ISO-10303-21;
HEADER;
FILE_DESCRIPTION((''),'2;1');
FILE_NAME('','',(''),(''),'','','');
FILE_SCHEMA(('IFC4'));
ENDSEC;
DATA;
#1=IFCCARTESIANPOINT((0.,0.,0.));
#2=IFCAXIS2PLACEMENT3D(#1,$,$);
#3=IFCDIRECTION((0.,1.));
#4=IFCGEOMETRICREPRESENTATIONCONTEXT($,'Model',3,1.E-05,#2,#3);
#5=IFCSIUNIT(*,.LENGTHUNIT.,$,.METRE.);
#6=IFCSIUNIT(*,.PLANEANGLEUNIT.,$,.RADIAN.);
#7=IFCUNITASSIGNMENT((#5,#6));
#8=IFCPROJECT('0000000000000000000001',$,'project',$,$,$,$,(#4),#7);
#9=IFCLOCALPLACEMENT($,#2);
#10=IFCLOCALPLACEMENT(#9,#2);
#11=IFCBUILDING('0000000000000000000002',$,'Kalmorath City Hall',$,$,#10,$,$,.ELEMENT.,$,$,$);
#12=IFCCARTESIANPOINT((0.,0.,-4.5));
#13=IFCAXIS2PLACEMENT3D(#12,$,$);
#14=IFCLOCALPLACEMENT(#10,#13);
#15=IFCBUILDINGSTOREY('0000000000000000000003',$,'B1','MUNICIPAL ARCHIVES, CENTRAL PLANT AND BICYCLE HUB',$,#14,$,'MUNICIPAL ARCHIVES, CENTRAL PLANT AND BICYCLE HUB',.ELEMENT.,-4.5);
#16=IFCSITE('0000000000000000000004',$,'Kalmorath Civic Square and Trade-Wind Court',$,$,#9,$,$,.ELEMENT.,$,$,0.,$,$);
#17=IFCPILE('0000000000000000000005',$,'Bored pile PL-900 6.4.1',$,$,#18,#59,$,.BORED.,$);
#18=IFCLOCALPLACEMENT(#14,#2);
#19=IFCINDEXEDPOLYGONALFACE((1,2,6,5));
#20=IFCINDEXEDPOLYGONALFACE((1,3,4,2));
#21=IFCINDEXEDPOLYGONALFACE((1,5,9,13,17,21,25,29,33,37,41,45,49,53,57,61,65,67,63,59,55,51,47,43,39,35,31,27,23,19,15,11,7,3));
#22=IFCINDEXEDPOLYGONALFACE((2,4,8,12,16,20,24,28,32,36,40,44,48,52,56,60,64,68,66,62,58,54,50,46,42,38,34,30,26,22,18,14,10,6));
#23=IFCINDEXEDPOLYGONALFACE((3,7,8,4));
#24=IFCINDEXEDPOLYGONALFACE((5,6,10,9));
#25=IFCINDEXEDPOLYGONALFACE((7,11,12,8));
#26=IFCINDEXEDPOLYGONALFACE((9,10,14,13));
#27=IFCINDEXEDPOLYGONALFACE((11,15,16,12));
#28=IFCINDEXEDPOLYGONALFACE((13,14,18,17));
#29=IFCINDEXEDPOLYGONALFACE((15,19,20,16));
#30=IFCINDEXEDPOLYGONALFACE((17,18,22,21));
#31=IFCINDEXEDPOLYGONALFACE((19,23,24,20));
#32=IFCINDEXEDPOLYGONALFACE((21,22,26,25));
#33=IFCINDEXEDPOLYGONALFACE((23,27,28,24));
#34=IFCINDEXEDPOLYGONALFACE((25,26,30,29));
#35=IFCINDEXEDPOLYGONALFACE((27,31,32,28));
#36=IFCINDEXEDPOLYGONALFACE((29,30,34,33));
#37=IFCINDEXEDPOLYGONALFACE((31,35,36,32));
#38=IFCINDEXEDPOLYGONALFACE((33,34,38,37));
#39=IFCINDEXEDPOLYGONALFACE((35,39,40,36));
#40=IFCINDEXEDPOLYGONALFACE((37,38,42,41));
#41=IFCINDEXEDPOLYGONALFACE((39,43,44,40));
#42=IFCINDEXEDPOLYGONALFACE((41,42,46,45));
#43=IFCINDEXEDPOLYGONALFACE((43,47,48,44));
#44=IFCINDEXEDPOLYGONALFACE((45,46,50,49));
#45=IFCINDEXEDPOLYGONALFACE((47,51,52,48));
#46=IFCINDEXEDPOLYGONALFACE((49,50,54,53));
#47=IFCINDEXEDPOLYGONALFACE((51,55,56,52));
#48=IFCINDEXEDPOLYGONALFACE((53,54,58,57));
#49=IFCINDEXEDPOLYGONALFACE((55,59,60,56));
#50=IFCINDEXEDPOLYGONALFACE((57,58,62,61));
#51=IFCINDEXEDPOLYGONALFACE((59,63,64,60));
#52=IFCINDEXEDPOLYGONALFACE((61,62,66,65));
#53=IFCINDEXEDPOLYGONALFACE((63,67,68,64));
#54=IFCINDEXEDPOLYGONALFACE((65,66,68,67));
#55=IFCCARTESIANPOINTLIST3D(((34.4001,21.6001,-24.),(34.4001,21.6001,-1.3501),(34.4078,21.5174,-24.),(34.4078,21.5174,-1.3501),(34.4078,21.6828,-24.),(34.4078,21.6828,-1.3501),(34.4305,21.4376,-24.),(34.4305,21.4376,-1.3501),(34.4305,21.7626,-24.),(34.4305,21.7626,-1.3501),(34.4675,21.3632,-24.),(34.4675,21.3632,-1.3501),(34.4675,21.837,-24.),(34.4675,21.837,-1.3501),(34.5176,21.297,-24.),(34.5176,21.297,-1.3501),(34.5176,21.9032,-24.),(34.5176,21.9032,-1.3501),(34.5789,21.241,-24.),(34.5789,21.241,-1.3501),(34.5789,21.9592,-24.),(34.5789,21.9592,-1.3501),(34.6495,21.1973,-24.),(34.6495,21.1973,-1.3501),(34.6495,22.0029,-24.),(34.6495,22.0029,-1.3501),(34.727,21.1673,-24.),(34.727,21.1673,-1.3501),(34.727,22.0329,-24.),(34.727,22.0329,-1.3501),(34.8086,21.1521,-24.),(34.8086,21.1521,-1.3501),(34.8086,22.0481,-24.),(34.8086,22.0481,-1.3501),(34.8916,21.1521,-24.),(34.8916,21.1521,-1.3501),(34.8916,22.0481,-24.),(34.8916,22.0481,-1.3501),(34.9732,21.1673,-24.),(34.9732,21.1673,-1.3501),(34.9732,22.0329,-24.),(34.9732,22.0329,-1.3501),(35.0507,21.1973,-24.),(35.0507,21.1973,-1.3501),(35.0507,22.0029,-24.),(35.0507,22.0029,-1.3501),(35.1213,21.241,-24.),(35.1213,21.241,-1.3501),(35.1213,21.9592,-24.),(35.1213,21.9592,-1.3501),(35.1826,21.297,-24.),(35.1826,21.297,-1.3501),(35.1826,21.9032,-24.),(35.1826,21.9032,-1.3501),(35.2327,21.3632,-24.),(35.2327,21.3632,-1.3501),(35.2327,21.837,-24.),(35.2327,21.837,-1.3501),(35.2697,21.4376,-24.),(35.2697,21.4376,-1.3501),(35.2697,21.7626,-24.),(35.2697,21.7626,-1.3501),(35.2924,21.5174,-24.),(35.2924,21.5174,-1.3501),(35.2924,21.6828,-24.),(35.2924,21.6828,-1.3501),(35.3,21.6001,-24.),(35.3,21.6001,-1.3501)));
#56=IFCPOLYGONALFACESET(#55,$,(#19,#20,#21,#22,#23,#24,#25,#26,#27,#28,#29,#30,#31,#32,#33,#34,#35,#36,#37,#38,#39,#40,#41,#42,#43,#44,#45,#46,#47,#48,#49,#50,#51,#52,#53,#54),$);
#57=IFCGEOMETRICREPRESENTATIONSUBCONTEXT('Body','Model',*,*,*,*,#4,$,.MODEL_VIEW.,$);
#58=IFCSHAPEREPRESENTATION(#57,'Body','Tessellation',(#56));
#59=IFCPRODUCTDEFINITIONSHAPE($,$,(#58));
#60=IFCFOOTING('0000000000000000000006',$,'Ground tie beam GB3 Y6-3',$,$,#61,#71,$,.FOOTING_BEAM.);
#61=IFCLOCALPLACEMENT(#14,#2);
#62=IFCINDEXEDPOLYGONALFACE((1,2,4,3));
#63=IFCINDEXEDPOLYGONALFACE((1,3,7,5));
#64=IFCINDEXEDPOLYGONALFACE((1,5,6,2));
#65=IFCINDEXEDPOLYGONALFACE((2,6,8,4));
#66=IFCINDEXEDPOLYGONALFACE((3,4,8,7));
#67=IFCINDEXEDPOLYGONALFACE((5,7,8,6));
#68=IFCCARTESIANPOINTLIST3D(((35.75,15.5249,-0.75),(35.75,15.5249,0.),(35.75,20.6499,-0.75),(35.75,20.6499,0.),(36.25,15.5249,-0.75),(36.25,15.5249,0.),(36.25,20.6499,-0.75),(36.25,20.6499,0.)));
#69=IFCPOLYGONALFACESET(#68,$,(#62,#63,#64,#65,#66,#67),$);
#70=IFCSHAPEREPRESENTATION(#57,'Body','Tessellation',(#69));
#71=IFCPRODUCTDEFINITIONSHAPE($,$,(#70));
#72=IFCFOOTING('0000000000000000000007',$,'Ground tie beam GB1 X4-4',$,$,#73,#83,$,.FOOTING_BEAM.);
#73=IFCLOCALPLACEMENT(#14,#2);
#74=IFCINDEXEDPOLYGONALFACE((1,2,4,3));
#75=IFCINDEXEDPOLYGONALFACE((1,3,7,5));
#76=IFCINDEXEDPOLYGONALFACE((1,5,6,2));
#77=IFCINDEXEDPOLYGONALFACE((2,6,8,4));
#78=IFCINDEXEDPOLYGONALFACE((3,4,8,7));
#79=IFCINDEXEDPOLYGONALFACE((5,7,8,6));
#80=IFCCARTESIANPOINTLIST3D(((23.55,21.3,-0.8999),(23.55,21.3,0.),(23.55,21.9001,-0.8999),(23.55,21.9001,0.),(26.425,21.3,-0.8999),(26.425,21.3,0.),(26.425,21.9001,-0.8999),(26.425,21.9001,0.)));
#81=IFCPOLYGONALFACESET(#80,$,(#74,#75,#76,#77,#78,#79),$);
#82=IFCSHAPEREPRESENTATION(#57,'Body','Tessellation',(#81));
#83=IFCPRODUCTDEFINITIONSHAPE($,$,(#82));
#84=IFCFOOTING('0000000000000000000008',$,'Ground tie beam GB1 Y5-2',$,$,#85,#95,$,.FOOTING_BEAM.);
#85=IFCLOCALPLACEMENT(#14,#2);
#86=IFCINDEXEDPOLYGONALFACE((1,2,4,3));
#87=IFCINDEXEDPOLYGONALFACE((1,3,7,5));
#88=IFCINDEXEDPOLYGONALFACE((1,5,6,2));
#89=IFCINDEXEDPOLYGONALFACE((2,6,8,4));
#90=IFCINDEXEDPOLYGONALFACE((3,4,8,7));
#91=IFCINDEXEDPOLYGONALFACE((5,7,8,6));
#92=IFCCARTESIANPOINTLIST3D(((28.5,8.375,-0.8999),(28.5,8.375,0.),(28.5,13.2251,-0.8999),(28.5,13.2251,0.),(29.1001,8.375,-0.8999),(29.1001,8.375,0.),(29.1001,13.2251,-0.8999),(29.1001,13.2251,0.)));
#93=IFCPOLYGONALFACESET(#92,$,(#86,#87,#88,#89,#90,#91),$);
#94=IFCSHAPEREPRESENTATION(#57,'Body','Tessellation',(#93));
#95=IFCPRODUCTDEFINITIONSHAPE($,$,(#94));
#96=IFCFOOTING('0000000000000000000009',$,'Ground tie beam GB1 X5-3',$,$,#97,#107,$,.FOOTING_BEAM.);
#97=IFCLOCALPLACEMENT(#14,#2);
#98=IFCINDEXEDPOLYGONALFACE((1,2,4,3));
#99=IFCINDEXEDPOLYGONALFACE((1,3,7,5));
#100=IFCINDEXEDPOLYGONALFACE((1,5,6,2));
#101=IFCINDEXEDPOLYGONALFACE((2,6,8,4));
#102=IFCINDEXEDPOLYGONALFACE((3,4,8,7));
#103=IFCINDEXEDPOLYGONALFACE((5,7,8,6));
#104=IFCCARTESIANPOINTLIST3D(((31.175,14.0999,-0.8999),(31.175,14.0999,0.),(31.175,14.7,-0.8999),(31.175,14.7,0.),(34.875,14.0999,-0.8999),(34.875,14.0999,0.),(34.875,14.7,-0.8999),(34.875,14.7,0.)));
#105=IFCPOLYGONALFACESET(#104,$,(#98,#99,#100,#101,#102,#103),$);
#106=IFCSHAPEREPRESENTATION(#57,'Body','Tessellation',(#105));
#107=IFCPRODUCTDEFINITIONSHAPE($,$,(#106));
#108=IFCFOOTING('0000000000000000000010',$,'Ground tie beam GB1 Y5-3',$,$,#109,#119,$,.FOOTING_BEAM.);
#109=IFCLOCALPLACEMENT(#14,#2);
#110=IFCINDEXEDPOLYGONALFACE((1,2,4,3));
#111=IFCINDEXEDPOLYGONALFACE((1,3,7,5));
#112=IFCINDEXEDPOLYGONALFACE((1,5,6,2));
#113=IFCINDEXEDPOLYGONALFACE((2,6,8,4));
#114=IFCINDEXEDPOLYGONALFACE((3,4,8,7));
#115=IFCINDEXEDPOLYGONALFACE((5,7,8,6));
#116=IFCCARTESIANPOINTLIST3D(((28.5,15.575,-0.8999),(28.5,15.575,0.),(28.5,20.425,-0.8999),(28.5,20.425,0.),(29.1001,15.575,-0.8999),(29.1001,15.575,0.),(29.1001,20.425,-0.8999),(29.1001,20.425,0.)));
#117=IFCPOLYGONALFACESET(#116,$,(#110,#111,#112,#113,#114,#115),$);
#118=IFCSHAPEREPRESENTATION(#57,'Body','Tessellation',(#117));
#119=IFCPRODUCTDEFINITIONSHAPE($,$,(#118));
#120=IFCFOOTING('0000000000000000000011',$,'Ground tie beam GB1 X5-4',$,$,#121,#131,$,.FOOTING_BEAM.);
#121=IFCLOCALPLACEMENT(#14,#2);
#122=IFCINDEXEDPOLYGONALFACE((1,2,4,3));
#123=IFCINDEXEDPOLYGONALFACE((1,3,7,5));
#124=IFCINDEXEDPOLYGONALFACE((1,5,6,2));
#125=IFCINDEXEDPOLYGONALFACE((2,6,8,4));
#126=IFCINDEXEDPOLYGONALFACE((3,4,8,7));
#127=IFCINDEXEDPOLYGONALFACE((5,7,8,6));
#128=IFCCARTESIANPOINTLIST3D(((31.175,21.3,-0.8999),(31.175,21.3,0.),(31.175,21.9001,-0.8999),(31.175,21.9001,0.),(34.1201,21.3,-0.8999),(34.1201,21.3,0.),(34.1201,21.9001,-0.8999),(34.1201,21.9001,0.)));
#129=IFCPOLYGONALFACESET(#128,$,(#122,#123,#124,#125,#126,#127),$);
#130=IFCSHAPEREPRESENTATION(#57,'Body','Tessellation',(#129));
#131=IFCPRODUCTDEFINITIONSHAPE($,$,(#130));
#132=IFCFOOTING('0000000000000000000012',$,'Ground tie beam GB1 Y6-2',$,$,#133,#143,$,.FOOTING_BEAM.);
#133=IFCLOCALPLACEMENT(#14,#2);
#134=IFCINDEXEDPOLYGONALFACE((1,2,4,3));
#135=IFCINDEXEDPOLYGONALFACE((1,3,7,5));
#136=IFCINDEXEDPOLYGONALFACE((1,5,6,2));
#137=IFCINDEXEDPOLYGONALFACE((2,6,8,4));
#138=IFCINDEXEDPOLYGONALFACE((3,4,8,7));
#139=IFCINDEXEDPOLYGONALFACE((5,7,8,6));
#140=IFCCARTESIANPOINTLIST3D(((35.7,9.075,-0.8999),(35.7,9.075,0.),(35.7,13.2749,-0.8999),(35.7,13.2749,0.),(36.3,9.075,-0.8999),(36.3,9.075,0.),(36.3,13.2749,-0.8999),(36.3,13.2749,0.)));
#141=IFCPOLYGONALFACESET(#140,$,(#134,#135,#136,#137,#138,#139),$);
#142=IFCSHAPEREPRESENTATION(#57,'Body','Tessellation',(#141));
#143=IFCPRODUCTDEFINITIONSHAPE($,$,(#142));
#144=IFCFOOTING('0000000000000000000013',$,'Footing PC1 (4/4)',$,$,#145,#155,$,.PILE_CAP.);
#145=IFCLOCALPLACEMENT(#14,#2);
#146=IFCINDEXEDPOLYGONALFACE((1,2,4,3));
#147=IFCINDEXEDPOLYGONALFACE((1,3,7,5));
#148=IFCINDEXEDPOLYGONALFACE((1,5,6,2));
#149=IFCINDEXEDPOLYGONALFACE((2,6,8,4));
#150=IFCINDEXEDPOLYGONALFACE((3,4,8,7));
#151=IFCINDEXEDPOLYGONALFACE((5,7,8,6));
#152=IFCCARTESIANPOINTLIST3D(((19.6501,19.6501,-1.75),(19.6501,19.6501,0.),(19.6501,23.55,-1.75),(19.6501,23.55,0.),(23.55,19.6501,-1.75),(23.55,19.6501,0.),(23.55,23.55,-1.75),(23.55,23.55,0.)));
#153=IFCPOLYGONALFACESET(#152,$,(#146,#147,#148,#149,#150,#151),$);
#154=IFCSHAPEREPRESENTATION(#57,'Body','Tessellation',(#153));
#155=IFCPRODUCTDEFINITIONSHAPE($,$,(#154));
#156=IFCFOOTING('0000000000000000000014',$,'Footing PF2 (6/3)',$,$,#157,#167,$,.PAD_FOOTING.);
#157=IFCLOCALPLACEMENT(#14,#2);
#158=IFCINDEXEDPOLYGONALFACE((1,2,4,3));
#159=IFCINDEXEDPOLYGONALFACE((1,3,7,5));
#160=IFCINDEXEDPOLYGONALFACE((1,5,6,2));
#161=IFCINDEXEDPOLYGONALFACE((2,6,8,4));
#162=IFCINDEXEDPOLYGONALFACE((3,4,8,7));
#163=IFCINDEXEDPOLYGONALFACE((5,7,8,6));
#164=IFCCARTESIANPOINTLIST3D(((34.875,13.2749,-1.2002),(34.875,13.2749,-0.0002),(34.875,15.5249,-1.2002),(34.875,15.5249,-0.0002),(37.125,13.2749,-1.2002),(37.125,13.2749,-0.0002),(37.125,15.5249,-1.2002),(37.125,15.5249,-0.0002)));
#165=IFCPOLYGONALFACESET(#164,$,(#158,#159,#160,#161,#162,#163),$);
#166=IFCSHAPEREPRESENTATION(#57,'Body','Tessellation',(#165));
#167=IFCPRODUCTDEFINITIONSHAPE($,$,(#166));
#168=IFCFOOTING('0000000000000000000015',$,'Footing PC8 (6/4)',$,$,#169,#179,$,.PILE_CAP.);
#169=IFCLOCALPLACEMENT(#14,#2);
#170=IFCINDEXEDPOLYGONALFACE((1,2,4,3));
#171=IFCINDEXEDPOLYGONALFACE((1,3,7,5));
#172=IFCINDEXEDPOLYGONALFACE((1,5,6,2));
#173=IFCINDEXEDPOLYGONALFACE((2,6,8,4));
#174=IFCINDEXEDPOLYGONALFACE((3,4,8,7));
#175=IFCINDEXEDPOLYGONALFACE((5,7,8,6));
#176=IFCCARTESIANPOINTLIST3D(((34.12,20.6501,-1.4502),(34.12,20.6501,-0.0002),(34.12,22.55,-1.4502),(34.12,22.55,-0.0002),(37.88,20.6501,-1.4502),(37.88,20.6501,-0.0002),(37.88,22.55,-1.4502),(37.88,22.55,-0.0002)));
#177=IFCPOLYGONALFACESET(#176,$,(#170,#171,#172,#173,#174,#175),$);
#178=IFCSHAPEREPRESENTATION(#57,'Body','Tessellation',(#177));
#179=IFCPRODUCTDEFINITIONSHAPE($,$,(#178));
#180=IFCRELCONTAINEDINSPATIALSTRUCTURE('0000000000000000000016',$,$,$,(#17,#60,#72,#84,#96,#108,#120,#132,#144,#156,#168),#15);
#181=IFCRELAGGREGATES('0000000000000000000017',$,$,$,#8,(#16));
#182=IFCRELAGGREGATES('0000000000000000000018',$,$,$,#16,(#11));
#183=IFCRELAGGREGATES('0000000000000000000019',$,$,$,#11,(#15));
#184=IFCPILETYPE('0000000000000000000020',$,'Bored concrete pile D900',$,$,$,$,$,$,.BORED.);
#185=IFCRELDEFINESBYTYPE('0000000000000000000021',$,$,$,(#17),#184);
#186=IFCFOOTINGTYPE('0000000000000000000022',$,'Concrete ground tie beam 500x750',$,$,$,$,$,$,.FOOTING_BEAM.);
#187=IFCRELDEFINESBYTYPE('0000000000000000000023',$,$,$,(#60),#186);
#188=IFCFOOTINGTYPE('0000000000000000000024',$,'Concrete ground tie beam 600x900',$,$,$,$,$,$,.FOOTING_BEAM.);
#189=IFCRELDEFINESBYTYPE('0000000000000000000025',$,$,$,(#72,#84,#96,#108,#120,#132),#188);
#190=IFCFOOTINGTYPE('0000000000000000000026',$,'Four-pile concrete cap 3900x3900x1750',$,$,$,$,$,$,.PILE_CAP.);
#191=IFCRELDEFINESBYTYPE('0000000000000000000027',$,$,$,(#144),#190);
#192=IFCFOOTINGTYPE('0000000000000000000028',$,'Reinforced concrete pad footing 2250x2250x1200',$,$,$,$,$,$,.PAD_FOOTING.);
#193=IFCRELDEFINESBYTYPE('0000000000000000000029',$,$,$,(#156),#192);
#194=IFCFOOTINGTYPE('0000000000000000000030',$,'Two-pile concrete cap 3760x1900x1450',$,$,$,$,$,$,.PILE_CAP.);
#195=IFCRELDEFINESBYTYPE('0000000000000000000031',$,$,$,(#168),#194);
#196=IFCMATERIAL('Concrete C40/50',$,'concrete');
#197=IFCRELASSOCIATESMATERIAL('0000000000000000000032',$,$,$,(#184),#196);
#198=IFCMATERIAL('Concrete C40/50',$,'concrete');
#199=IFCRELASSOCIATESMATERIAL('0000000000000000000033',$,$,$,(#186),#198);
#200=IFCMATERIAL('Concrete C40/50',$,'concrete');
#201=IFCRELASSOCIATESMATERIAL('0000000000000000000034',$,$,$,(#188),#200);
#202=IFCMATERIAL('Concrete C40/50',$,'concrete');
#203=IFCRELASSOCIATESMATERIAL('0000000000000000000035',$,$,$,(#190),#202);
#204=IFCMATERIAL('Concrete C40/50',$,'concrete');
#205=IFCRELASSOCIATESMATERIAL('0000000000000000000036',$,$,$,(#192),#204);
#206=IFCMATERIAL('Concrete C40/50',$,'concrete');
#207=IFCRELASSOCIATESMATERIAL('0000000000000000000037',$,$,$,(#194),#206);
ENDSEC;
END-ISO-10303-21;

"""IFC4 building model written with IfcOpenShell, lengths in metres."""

from ifc_helpers import new_model, si_unit, direction, frame, origin, origin_2d, place, context, subcontext, project, spatial, rectangle, circle, extrude, material, material_profile, profile_set, type_object, element, save


model = new_model("IFC4")

# Units and contexts
model_context = context("Model", 3, precision=1e-05, world=origin(), true_north=direction((0.0, 1.0)))
body_context = subcontext(model_context, "Body", "Model", "MODEL_VIEW")
ifc_project = project(units=[si_unit("LENGTHUNIT", "METRE"), si_unit("PLANEANGLEUNIT", "RADIAN")], contexts=[model_context])

# Site, building, storey
site_placement = place(None, origin())
site = spatial("IfcSite", under=ifc_project, at=site_placement, Name="Kalmorath Civic Square and Trade-Wind Court", CompositionType="ELEMENT", RefElevation=0.0)
building_placement = place(site_placement, origin())
building = spatial("IfcBuilding", under=site, at=building_placement, Name="Kalmorath City Hall", CompositionType="ELEMENT")
storey_placement = place(building_placement, frame((0.0, 0.0, -4.5)))
storey = spatial("IfcBuildingStorey", under=building, at=storey_placement, Name="B1", Description="MUNICIPAL ARCHIVES, CENTRAL PLANT AND BICYCLE HUB", LongName="MUNICIPAL ARCHIVES, CENTRAL PLANT AND BICYCLE HUB", CompositionType="ELEMENT", Elevation=-4.5)

# Pile
ifc_material_1 = material(Name="Concrete C40/50", Category="concrete")
ifc_material_profile_1 = material_profile(ifc_material_1, circle(Radius=0.45, at=origin_2d()), Name="PILE-D900")
ifc_profile_set_1 = profile_set([ifc_material_profile_1], Name="Concrete C40/50")
pile_type_1 = type_object("IfcPileType", Name="Bored concrete pile D900", PredefinedType="BORED", material=ifc_profile_set_1)
pile_1_placement = place(storey_placement, frame((34.8501, 21.6001, -1.3501), z_axis=(0.0, 0.0, -1.0), x_axis=(1.0, 0.0, 0.0)))
element("IfcPile", 1, at=pile_1_placement, inside=storey, type_object=pile_type_1, Name="Bored pile PL-900 6.4.1", PredefinedType="BORED", context=body_context, shape_type="SweptSolid", body=[
    extrude(circle(Radius=0.45, at=origin_2d()), origin(), (0.0, 0.0, 1.0), 22.6499),
])

# Footings
ifc_material_2 = material(Name="Concrete C40/50", Category="concrete")
ifc_material_profile_2 = material_profile(ifc_material_2, rectangle(XDim=0.5, YDim=0.75, at=origin_2d()), Name="RC-BM-500X750")
ifc_profile_set_2 = profile_set([ifc_material_profile_2], Name="Concrete C40/50")
footing_type_1 = type_object("IfcFootingType", Name="Concrete ground tie beam 500x750", PredefinedType="FOOTING_BEAM", material=ifc_profile_set_2)
footing_1_placement = place(storey_placement, frame((36.0, 15.5249, -0.375), z_axis=(0.0, 1.0, 0.0), x_axis=(-1.0, 0.0, 0.0)))
element("IfcFooting", 2, at=footing_1_placement, inside=storey, type_object=footing_type_1, Name="Ground tie beam GB3 Y6-3", PredefinedType="FOOTING_BEAM", context=body_context, shape_type="SweptSolid", body=[
    extrude(rectangle(XDim=0.5, YDim=0.75, at=origin_2d()), origin(), (0.0, 0.0, 1.0), 5.125),
])
ifc_material_3 = material(Name="Concrete C40/50", Category="concrete")
ifc_material_profile_3 = material_profile(ifc_material_3, rectangle(XDim=0.6001, YDim=0.8999, at=origin_2d()), Name="RC-BM-600X900")
ifc_profile_set_3 = profile_set([ifc_material_profile_3], Name="Concrete C40/50")
footing_type_2 = type_object("IfcFootingType", Name="Concrete ground tie beam 600x900", PredefinedType="FOOTING_BEAM", material=ifc_profile_set_3)
footing_2_placement = place(storey_placement, frame((23.55, 21.6001, -0.45), z_axis=(1.0, 0.0, 0.0), x_axis=(0.0, 1.0, 0.0)))
element("IfcFooting", 3, at=footing_2_placement, inside=storey, type_object=footing_type_2, Name="Ground tie beam GB1 X4-4", PredefinedType="FOOTING_BEAM", context=body_context, shape_type="SweptSolid", body=[
    extrude(rectangle(XDim=0.6001, YDim=0.8999, at=origin_2d()), origin(), (0.0, 0.0, 1.0), 2.875),
])
footing_3_placement = place(storey_placement, frame((28.8, 8.375, -0.45), z_axis=(0.0, 1.0, 0.0), x_axis=(-1.0, 0.0, 0.0)))
element("IfcFooting", 4, at=footing_3_placement, inside=storey, type_object=footing_type_2, Name="Ground tie beam GB1 Y5-2", PredefinedType="FOOTING_BEAM", context=body_context, shape_type="SweptSolid", body=[
    extrude(rectangle(XDim=0.6001, YDim=0.8999, at=origin_2d()), origin(), (0.0, 0.0, 1.0), 4.8501),
])
footing_4_placement = place(storey_placement, frame((31.175, 14.3999, -0.45), z_axis=(1.0, 0.0, 0.0), x_axis=(0.0, 1.0, 0.0)))
element("IfcFooting", 5, at=footing_4_placement, inside=storey, type_object=footing_type_2, Name="Ground tie beam GB1 X5-3", PredefinedType="FOOTING_BEAM", context=body_context, shape_type="SweptSolid", body=[
    extrude(rectangle(XDim=0.6001, YDim=0.8999, at=origin_2d()), origin(), (0.0, 0.0, 1.0), 3.7),
])
footing_5_placement = place(storey_placement, frame((28.8, 15.575, -0.45), z_axis=(0.0, 1.0, 0.0), x_axis=(-1.0, 0.0, 0.0)))
element("IfcFooting", 6, at=footing_5_placement, inside=storey, type_object=footing_type_2, Name="Ground tie beam GB1 Y5-3", PredefinedType="FOOTING_BEAM", context=body_context, shape_type="SweptSolid", body=[
    extrude(rectangle(XDim=0.6001, YDim=0.8999, at=origin_2d()), origin(), (0.0, 0.0, 1.0), 4.8501),
])
footing_6_placement = place(storey_placement, frame((31.175, 21.6001, -0.45), z_axis=(1.0, 0.0, 0.0), x_axis=(0.0, 1.0, 0.0)))
element("IfcFooting", 7, at=footing_6_placement, inside=storey, type_object=footing_type_2, Name="Ground tie beam GB1 X5-4", PredefinedType="FOOTING_BEAM", context=body_context, shape_type="SweptSolid", body=[
    extrude(rectangle(XDim=0.6001, YDim=0.8999, at=origin_2d()), origin(), (0.0, 0.0, 1.0), 2.9451),
])
footing_7_placement = place(storey_placement, frame((36.0, 9.075, -0.45), z_axis=(0.0, 1.0, 0.0), x_axis=(-1.0, 0.0, 0.0)))
element("IfcFooting", 8, at=footing_7_placement, inside=storey, type_object=footing_type_2, Name="Ground tie beam GB1 Y6-2", PredefinedType="FOOTING_BEAM", context=body_context, shape_type="SweptSolid", body=[
    extrude(rectangle(XDim=0.6001, YDim=0.8999, at=origin_2d()), origin(), (0.0, 0.0, 1.0), 4.2),
])
ifc_material_4 = material(Name="Concrete C40/50", Category="concrete")
footing_type_3 = type_object("IfcFootingType", Name="Four-pile concrete cap 3900x3900x1750", PredefinedType="PILE_CAP", material=ifc_material_4)
footing_8_placement = place(storey_placement, frame((21.6001, 21.6001, -1.75), z_axis=(0.0, 0.0, 1.0), x_axis=(1.0, 0.0, 0.0)))
element("IfcFooting", 9, at=footing_8_placement, inside=storey, type_object=footing_type_3, Name="Footing PC1 (4/4)", PredefinedType="PILE_CAP", context=body_context, shape_type="SweptSolid", body=[
    extrude(rectangle(XDim=3.8999, YDim=3.8999, at=origin_2d()), origin(), (0.0, 0.0, 1.0), 1.75),
])
ifc_material_5 = material(Name="Concrete C40/50", Category="concrete")
footing_type_4 = type_object("IfcFootingType", Name="Reinforced concrete pad footing 2250x2250x1200", PredefinedType="PAD_FOOTING", material=ifc_material_5)
footing_9_placement = place(storey_placement, frame((36.0, 14.3999, -1.2002), z_axis=(0.0, 0.0, 1.0), x_axis=(1.0, 0.0, 0.0)))
element("IfcFooting", 10, at=footing_9_placement, inside=storey, type_object=footing_type_4, Name="Footing PF2 (6/3)", PredefinedType="PAD_FOOTING", context=body_context, shape_type="SweptSolid", body=[
    extrude(rectangle(XDim=2.25, YDim=2.25, at=origin_2d()), origin(), (0.0, 0.0, 1.0), 1.2),
])
ifc_material_6 = material(Name="Concrete C40/50", Category="concrete")
footing_type_5 = type_object("IfcFootingType", Name="Two-pile concrete cap 3760x1900x1450", PredefinedType="PILE_CAP", material=ifc_material_6)
footing_10_placement = place(storey_placement, frame((36.0, 21.6001, -1.4502), z_axis=(0.0, 0.0, 1.0), x_axis=(1.0, 0.0, 0.0)))
element("IfcFooting", 11, at=footing_10_placement, inside=storey, type_object=footing_type_5, Name="Footing PC8 (6/4)", PredefinedType="PILE_CAP", context=body_context, shape_type="SweptSolid", body=[
    extrude(rectangle(XDim=3.76, YDim=1.8999, at=origin_2d()), origin(), (0.0, 0.0, 1.0), 1.45),
])

save(model, "model.ifc")
